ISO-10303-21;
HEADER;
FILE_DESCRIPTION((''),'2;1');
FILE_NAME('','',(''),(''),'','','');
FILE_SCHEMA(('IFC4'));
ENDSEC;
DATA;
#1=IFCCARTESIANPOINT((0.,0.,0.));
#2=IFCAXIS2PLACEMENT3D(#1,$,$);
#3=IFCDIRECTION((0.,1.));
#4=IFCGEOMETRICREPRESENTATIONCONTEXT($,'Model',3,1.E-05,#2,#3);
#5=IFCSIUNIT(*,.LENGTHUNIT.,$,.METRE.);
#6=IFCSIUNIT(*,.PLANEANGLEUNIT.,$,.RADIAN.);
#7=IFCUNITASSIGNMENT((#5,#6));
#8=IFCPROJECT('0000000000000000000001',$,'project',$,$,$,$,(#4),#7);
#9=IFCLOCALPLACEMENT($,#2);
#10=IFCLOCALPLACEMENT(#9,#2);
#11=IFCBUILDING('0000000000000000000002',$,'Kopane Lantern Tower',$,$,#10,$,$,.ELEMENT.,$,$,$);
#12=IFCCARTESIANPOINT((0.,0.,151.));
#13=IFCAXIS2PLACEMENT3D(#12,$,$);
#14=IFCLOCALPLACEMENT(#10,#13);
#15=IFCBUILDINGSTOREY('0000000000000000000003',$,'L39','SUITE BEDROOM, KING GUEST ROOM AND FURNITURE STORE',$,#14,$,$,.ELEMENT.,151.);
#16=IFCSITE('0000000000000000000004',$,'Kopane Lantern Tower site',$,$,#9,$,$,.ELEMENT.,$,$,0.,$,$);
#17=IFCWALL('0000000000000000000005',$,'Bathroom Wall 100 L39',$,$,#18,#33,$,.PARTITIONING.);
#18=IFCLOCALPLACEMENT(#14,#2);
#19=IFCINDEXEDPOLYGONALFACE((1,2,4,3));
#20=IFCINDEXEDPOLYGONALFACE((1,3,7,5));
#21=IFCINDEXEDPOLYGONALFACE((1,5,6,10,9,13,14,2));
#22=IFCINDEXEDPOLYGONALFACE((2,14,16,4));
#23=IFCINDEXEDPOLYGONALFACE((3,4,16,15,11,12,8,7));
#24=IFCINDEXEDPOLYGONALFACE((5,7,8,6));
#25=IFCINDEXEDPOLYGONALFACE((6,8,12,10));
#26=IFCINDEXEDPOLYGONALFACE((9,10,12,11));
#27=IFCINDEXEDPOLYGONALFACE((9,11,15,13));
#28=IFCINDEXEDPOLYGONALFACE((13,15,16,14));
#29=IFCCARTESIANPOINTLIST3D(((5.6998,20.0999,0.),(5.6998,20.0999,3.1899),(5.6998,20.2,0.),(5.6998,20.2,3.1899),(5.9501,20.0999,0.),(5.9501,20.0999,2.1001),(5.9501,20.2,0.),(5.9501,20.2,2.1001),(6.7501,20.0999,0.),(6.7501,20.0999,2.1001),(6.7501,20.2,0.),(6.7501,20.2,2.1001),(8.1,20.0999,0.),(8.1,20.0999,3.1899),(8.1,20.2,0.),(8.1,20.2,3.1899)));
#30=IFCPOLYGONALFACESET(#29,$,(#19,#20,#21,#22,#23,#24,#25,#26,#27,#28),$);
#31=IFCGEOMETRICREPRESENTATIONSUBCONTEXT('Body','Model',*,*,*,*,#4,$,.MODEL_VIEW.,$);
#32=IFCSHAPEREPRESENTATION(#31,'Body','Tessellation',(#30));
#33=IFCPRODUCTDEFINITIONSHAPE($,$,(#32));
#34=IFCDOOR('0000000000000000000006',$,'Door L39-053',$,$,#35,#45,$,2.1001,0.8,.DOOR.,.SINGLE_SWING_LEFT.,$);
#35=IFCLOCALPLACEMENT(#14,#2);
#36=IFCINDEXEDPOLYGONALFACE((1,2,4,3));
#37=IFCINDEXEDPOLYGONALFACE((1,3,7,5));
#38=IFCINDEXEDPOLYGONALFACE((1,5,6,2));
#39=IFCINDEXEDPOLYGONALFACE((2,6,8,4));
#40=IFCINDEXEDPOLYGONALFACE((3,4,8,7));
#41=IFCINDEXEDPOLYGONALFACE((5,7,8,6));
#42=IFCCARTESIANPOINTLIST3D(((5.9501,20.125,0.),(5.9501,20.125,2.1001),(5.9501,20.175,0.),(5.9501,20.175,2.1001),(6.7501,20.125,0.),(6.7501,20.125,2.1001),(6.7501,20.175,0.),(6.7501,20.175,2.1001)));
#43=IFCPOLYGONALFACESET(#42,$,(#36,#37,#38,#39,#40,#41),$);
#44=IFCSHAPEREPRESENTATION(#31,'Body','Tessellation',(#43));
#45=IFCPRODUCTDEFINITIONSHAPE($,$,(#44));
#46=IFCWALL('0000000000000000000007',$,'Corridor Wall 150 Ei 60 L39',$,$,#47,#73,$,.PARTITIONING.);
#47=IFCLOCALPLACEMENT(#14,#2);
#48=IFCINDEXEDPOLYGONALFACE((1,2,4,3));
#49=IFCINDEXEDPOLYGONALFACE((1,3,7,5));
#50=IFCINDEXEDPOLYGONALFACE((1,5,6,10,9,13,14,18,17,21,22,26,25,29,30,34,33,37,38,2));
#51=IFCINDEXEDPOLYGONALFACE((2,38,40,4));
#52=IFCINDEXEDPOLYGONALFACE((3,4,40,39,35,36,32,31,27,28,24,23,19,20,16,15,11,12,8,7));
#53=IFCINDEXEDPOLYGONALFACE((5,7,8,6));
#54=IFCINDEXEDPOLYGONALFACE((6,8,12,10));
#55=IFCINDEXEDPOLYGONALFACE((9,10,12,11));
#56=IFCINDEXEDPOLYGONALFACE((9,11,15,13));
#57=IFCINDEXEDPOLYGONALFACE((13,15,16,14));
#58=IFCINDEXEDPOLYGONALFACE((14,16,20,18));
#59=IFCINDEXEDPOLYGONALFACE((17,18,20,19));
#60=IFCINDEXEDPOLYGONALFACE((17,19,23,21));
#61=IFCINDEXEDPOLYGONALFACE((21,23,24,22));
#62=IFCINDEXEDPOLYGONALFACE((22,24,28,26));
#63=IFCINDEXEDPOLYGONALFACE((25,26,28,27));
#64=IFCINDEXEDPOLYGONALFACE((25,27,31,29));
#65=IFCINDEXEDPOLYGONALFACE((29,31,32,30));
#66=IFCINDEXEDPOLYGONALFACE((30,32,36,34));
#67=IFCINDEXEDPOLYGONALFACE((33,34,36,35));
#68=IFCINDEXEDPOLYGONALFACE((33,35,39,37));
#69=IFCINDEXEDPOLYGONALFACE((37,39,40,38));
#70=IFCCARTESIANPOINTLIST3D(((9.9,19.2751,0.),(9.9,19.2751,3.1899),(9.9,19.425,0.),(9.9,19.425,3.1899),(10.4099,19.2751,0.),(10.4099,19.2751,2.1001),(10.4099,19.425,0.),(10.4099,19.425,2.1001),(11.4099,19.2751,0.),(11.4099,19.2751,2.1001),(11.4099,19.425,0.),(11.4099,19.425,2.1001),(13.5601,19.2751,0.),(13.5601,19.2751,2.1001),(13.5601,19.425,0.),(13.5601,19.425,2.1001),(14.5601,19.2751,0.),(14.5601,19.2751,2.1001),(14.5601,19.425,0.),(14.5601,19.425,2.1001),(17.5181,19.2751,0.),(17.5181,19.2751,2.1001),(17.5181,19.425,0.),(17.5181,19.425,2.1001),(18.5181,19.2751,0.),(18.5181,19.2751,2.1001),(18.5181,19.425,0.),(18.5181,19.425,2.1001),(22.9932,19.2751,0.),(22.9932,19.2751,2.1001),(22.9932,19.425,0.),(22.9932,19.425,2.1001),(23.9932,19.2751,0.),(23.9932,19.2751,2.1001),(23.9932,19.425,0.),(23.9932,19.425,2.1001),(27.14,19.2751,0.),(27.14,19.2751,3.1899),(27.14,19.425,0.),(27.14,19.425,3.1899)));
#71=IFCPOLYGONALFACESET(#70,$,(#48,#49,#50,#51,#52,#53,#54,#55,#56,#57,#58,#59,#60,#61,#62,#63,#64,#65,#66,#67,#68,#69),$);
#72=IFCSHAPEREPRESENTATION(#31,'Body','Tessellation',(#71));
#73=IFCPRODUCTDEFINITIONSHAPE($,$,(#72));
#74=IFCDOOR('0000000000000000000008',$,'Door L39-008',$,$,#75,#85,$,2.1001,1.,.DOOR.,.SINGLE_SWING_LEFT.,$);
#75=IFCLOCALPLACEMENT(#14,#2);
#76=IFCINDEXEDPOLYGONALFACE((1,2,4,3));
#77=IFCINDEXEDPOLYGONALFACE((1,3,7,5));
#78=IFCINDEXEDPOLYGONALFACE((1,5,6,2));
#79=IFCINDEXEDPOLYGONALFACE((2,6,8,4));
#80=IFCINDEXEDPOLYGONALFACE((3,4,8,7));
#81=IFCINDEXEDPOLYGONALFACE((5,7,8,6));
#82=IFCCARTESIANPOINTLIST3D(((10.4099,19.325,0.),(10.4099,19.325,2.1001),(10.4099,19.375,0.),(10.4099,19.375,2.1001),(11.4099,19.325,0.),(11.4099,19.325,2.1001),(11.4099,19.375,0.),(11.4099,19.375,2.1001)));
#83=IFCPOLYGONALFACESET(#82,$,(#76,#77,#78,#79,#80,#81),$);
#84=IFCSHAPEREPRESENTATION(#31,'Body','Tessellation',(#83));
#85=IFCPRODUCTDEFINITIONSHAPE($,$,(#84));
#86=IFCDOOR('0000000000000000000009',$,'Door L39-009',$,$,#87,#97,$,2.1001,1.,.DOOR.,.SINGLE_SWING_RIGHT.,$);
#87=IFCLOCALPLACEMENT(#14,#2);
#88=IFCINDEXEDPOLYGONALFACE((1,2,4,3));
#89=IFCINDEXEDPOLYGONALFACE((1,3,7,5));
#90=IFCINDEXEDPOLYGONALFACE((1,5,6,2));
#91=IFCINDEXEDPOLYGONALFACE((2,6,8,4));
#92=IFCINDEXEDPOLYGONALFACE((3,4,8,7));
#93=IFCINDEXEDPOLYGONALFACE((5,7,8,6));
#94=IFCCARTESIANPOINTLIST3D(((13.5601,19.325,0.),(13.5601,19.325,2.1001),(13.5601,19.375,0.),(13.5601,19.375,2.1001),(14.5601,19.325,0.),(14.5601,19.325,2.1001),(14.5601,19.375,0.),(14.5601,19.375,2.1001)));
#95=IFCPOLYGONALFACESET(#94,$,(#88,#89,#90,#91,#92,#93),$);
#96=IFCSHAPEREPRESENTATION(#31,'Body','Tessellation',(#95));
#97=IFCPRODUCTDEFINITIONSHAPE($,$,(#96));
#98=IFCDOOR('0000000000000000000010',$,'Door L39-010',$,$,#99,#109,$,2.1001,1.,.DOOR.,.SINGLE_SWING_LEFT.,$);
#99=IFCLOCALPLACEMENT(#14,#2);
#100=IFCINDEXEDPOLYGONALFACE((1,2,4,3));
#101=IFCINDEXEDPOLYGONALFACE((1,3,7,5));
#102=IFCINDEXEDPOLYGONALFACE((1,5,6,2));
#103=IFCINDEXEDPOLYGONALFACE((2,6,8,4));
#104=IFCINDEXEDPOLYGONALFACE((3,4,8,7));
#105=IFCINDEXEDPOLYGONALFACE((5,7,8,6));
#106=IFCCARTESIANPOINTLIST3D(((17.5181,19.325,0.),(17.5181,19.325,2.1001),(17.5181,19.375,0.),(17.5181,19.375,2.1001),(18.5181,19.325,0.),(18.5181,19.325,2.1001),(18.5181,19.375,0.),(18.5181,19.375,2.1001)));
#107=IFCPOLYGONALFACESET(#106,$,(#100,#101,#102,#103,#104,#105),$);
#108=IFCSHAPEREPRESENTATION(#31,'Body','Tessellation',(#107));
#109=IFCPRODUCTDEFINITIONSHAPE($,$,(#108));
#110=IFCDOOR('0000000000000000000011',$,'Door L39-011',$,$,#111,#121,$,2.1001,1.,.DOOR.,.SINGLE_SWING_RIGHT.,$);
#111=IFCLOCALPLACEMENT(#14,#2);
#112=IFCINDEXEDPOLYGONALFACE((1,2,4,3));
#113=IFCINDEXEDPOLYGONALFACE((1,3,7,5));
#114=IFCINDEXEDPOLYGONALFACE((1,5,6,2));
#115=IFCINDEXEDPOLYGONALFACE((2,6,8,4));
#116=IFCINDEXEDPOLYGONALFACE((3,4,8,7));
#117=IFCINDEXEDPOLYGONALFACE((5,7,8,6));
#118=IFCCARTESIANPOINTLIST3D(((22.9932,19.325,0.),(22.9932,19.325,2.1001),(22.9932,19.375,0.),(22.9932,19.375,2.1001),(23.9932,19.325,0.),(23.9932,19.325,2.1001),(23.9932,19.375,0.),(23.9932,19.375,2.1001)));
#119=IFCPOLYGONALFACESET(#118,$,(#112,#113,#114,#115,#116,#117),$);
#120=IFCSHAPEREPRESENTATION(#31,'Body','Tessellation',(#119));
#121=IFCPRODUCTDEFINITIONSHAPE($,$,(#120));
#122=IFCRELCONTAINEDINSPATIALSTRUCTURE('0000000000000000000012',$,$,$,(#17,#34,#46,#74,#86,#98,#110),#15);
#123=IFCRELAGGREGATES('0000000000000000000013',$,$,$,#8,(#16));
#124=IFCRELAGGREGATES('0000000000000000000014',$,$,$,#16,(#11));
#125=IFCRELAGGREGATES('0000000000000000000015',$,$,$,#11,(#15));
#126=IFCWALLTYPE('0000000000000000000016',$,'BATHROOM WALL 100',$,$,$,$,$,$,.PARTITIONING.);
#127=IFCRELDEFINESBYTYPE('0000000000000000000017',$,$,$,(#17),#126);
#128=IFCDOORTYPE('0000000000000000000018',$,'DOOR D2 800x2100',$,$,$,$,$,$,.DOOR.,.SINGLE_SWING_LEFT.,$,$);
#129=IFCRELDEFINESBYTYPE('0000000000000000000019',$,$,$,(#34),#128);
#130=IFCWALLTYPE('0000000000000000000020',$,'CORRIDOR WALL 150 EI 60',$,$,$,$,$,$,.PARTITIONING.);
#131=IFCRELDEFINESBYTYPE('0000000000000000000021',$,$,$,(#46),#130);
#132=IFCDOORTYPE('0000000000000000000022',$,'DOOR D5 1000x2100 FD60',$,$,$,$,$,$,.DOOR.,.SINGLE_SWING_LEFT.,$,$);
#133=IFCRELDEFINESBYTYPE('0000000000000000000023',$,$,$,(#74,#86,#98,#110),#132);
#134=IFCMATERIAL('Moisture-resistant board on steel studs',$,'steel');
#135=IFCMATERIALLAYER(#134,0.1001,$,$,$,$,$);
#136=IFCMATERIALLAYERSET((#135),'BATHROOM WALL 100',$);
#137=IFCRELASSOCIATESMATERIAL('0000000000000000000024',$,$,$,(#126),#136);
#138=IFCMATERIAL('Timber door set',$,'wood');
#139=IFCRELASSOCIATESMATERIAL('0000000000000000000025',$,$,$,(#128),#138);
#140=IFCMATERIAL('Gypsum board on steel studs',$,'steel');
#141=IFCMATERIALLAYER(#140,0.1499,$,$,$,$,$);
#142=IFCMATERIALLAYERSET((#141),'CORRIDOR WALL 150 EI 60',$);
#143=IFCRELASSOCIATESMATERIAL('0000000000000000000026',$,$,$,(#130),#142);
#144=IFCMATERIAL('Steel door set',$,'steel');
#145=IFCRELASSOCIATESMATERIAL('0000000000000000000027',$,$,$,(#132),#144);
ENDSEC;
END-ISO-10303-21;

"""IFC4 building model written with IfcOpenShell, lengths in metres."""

from ifc_helpers import new_model, si_unit, direction, frame, frame_2d, origin, place, context, subcontext, project, spatial, rectangle, extrude, material, layer, layer_set, type_object, element, fill, save


model = new_model("IFC4")

# Units and contexts
model_context = context("Model", 3, precision=1e-05, world=origin(), true_north=direction((0.0, 1.0)))
body_context = subcontext(model_context, "Body", "Model", "MODEL_VIEW")
ifc_project = project(units=[si_unit("LENGTHUNIT", "METRE"), si_unit("PLANEANGLEUNIT", "RADIAN")], contexts=[model_context])

# Site, building, storey
site_placement = place(None, origin())
site = spatial("IfcSite", under=ifc_project, at=site_placement, Name="Kopane Lantern Tower site", CompositionType="ELEMENT", RefElevation=0.0)
building_placement = place(site_placement, origin())
building = spatial("IfcBuilding", under=site, at=building_placement, Name="Kopane Lantern Tower", CompositionType="ELEMENT")
storey_placement = place(building_placement, frame((0.0, 0.0, 151.0)))
storey = spatial("IfcBuildingStorey", under=building, at=storey_placement, Name="L39", Description="SUITE BEDROOM, KING GUEST ROOM AND FURNITURE STORE", CompositionType="ELEMENT", Elevation=151.0)

# Shared definitions
ifc_material_1 = material(Name="Moisture-resistant board on steel studs", Category="steel")
ifc_layer_1 = layer(ifc_material_1, 0.1001)
ifc_layer_set_1 = layer_set([ifc_layer_1], Name="BATHROOM WALL 100")
wall_type_1 = type_object("IfcWallType", Name="BATHROOM WALL 100", PredefinedType="PARTITIONING", material=ifc_layer_set_1)

# Wall, opening, door
ifc_material_2 = material(Name="Timber door set", Category="wood")
door_type_1 = type_object("IfcDoorType", Name="DOOR D2 800x2100", OperationType="SINGLE_SWING_LEFT", PredefinedType="DOOR", material=ifc_material_2)
wall_1_placement = place(storey_placement, frame((8.1001, 20.1499, 0.0), z_axis=(0.0, 0.0, 1.0), x_axis=(-1.0, 0.0, 0.0)))
wall_1 = element("IfcWall", 1, at=wall_1_placement, inside=storey, type_object=wall_type_1, Name="Bathroom Wall 100 L39", PredefinedType="PARTITIONING", context=body_context, shape_type="SweptSolid", body=[
    extrude(rectangle(XDim=2.4001, YDim=0.1001, at=frame_2d((1.2002, 0.0))), origin(), (0.0, 0.0, 1.0), 3.1899),
])
opening_1_placement = place(wall_1_placement, frame((1.3501, 0.0, 0.0)))
opening_1 = element("IfcOpeningElement", 2, at=opening_1_placement, cuts=wall_1, PredefinedType="OPENING", context=body_context, shape_type="SweptSolid", body=[
    extrude(rectangle(XDim=0.8, YDim=2.1001, at=frame_2d((0.3999, 1.05))), frame((0.0, 0.0601, 0.0), z_axis=(0.0, -1.0, 0.0), x_axis=(1.0, 0.0, 0.0)), (0.0, 0.0, 1.0), 0.1201),
])
door_1_placement = place(opening_1_placement, origin())
door_1 = element("IfcDoor", 3, at=door_1_placement, inside=storey, type_object=door_type_1, Name="Door L39-053", OperationType="SINGLE_SWING_LEFT", OverallHeight=2.1001, OverallWidth=0.8, PredefinedType="DOOR", context=body_context, shape_type="SweptSolid", body=[
    extrude(rectangle(XDim=0.8, YDim=2.1001, at=frame_2d((0.3999, 1.05))), frame((0.0, 0.0249, 0.0), z_axis=(0.0, -1.0, 0.0), x_axis=(1.0, 0.0, 0.0)), (0.0, 0.0, 1.0), 0.05),
])
fill(opening_1, door_1)

# Wall, openings, doors
ifc_material_3 = material(Name="Gypsum board on steel studs", Category="steel")
ifc_layer_2 = layer(ifc_material_3, 0.1499)
ifc_layer_set_2 = layer_set([ifc_layer_2], Name="CORRIDOR WALL 150 EI 60")
wall_type_2 = type_object("IfcWallType", Name="CORRIDOR WALL 150 EI 60", PredefinedType="PARTITIONING", material=ifc_layer_set_2)
wall_2_placement = place(storey_placement, frame((9.8999, 19.3501, 0.0), z_axis=(0.0, 0.0, 1.0), x_axis=(1.0, 0.0, 0.0)))
wall_2 = element("IfcWall", 4, at=wall_2_placement, inside=storey, type_object=wall_type_2, Name="Corridor Wall 150 Ei 60 L39", PredefinedType="PARTITIONING", context=body_context, shape_type="SweptSolid", body=[
    extrude(rectangle(XDim=17.24, YDim=0.1499, at=frame_2d((8.6201, 0.0))), origin(), (0.0, 0.0, 1.0), 3.1899),
])
opening_2_placement = place(wall_2_placement, frame((0.51, 0.0, 0.0)))
opening_2 = element("IfcOpeningElement", 5, at=opening_2_placement, cuts=wall_2, PredefinedType="OPENING", context=body_context, shape_type="SweptSolid", body=[
    extrude(rectangle(XDim=1.0, YDim=2.1001, at=frame_2d((0.5, 1.05))), frame((0.0, 0.085, 0.0), z_axis=(0.0, -1.0, 0.0), x_axis=(1.0, 0.0, 0.0)), (0.0, 0.0, 1.0), 0.1699),
])
opening_3_placement = place(wall_2_placement, frame((3.6602, 0.0, 0.0)))
opening_3 = element("IfcOpeningElement", 6, at=opening_3_placement, cuts=wall_2, PredefinedType="OPENING", context=body_context, shape_type="SweptSolid", body=[
    extrude(rectangle(XDim=1.0, YDim=2.1001, at=frame_2d((0.5, 1.05))), frame((0.0, 0.085, 0.0), z_axis=(0.0, -1.0, 0.0), x_axis=(1.0, 0.0, 0.0)), (0.0, 0.0, 1.0), 0.1699),
])
opening_4_placement = place(wall_2_placement, frame((7.6182, 0.0, 0.0)))
opening_4 = element("IfcOpeningElement", 7, at=opening_4_placement, cuts=wall_2, PredefinedType="OPENING", context=body_context, shape_type="SweptSolid", body=[
    extrude(rectangle(XDim=1.0, YDim=2.1001, at=frame_2d((0.5, 1.05))), frame((0.0, 0.085, 0.0), z_axis=(0.0, -1.0, 0.0), x_axis=(1.0, 0.0, 0.0)), (0.0, 0.0, 1.0), 0.1699),
])
opening_5_placement = place(wall_2_placement, frame((13.0933, 0.0, 0.0)))
opening_5 = element("IfcOpeningElement", 8, at=opening_5_placement, cuts=wall_2, PredefinedType="OPENING", context=body_context, shape_type="SweptSolid", body=[
    extrude(rectangle(XDim=1.0, YDim=2.1001, at=frame_2d((0.5, 1.05))), frame((0.0, 0.085, 0.0), z_axis=(0.0, -1.0, 0.0), x_axis=(1.0, 0.0, 0.0)), (0.0, 0.0, 1.0), 0.1699),
])
ifc_material_4 = material(Name="Steel door set", Category="steel")
door_type_2 = type_object("IfcDoorType", Name="DOOR D5 1000x2100 FD60", OperationType="SINGLE_SWING_LEFT", PredefinedType="DOOR", material=ifc_material_4)
door_2_placement = place(opening_2_placement, origin())
door_2 = element("IfcDoor", 9, at=door_2_placement, inside=storey, type_object=door_type_2, Name="Door L39-008", OperationType="SINGLE_SWING_LEFT", OverallHeight=2.1001, OverallWidth=1.0, PredefinedType="DOOR", context=body_context, shape_type="SweptSolid", body=[
    extrude(rectangle(XDim=1.0, YDim=2.1001, at=frame_2d((0.5, 1.05))), frame((0.0, 0.0249, 0.0), z_axis=(0.0, -1.0, 0.0), x_axis=(1.0, 0.0, 0.0)), (0.0, 0.0, 1.0), 0.05),
])
fill(opening_2, door_2)
door_3_placement = place(opening_3_placement, origin())
door_3 = element("IfcDoor", 10, at=door_3_placement, inside=storey, type_object=door_type_2, Name="Door L39-009", OperationType="SINGLE_SWING_RIGHT", OverallHeight=2.1001, OverallWidth=1.0, PredefinedType="DOOR", context=body_context, shape_type="SweptSolid", body=[
    extrude(rectangle(XDim=1.0, YDim=2.1001, at=frame_2d((0.5, 1.05))), frame((0.0, 0.0249, 0.0), z_axis=(0.0, -1.0, 0.0), x_axis=(1.0, 0.0, 0.0)), (0.0, 0.0, 1.0), 0.05),
])
fill(opening_3, door_3)
door_4_placement = place(opening_4_placement, origin())
door_4 = element("IfcDoor", 11, at=door_4_placement, inside=storey, type_object=door_type_2, Name="Door L39-010", OperationType="SINGLE_SWING_LEFT", OverallHeight=2.1001, OverallWidth=1.0, PredefinedType="DOOR", context=body_context, shape_type="SweptSolid", body=[
    extrude(rectangle(XDim=1.0, YDim=2.1001, at=frame_2d((0.5, 1.05))), frame((0.0, 0.0249, 0.0), z_axis=(0.0, -1.0, 0.0), x_axis=(1.0, 0.0, 0.0)), (0.0, 0.0, 1.0), 0.05),
])
fill(opening_4, door_4)
door_5_placement = place(opening_5_placement, origin())
door_5 = element("IfcDoor", 12, at=door_5_placement, inside=storey, type_object=door_type_2, Name="Door L39-011", OperationType="SINGLE_SWING_RIGHT", OverallHeight=2.1001, OverallWidth=1.0, PredefinedType="DOOR", context=body_context, shape_type="SweptSolid", body=[
    extrude(rectangle(XDim=1.0, YDim=2.1001, at=frame_2d((0.5, 1.05))), frame((0.0, 0.0249, 0.0), z_axis=(0.0, -1.0, 0.0), x_axis=(1.0, 0.0, 0.0)), (0.0, 0.0, 1.0), 0.05),
])
fill(opening_5, door_5)

save(model, "model.ifc")
